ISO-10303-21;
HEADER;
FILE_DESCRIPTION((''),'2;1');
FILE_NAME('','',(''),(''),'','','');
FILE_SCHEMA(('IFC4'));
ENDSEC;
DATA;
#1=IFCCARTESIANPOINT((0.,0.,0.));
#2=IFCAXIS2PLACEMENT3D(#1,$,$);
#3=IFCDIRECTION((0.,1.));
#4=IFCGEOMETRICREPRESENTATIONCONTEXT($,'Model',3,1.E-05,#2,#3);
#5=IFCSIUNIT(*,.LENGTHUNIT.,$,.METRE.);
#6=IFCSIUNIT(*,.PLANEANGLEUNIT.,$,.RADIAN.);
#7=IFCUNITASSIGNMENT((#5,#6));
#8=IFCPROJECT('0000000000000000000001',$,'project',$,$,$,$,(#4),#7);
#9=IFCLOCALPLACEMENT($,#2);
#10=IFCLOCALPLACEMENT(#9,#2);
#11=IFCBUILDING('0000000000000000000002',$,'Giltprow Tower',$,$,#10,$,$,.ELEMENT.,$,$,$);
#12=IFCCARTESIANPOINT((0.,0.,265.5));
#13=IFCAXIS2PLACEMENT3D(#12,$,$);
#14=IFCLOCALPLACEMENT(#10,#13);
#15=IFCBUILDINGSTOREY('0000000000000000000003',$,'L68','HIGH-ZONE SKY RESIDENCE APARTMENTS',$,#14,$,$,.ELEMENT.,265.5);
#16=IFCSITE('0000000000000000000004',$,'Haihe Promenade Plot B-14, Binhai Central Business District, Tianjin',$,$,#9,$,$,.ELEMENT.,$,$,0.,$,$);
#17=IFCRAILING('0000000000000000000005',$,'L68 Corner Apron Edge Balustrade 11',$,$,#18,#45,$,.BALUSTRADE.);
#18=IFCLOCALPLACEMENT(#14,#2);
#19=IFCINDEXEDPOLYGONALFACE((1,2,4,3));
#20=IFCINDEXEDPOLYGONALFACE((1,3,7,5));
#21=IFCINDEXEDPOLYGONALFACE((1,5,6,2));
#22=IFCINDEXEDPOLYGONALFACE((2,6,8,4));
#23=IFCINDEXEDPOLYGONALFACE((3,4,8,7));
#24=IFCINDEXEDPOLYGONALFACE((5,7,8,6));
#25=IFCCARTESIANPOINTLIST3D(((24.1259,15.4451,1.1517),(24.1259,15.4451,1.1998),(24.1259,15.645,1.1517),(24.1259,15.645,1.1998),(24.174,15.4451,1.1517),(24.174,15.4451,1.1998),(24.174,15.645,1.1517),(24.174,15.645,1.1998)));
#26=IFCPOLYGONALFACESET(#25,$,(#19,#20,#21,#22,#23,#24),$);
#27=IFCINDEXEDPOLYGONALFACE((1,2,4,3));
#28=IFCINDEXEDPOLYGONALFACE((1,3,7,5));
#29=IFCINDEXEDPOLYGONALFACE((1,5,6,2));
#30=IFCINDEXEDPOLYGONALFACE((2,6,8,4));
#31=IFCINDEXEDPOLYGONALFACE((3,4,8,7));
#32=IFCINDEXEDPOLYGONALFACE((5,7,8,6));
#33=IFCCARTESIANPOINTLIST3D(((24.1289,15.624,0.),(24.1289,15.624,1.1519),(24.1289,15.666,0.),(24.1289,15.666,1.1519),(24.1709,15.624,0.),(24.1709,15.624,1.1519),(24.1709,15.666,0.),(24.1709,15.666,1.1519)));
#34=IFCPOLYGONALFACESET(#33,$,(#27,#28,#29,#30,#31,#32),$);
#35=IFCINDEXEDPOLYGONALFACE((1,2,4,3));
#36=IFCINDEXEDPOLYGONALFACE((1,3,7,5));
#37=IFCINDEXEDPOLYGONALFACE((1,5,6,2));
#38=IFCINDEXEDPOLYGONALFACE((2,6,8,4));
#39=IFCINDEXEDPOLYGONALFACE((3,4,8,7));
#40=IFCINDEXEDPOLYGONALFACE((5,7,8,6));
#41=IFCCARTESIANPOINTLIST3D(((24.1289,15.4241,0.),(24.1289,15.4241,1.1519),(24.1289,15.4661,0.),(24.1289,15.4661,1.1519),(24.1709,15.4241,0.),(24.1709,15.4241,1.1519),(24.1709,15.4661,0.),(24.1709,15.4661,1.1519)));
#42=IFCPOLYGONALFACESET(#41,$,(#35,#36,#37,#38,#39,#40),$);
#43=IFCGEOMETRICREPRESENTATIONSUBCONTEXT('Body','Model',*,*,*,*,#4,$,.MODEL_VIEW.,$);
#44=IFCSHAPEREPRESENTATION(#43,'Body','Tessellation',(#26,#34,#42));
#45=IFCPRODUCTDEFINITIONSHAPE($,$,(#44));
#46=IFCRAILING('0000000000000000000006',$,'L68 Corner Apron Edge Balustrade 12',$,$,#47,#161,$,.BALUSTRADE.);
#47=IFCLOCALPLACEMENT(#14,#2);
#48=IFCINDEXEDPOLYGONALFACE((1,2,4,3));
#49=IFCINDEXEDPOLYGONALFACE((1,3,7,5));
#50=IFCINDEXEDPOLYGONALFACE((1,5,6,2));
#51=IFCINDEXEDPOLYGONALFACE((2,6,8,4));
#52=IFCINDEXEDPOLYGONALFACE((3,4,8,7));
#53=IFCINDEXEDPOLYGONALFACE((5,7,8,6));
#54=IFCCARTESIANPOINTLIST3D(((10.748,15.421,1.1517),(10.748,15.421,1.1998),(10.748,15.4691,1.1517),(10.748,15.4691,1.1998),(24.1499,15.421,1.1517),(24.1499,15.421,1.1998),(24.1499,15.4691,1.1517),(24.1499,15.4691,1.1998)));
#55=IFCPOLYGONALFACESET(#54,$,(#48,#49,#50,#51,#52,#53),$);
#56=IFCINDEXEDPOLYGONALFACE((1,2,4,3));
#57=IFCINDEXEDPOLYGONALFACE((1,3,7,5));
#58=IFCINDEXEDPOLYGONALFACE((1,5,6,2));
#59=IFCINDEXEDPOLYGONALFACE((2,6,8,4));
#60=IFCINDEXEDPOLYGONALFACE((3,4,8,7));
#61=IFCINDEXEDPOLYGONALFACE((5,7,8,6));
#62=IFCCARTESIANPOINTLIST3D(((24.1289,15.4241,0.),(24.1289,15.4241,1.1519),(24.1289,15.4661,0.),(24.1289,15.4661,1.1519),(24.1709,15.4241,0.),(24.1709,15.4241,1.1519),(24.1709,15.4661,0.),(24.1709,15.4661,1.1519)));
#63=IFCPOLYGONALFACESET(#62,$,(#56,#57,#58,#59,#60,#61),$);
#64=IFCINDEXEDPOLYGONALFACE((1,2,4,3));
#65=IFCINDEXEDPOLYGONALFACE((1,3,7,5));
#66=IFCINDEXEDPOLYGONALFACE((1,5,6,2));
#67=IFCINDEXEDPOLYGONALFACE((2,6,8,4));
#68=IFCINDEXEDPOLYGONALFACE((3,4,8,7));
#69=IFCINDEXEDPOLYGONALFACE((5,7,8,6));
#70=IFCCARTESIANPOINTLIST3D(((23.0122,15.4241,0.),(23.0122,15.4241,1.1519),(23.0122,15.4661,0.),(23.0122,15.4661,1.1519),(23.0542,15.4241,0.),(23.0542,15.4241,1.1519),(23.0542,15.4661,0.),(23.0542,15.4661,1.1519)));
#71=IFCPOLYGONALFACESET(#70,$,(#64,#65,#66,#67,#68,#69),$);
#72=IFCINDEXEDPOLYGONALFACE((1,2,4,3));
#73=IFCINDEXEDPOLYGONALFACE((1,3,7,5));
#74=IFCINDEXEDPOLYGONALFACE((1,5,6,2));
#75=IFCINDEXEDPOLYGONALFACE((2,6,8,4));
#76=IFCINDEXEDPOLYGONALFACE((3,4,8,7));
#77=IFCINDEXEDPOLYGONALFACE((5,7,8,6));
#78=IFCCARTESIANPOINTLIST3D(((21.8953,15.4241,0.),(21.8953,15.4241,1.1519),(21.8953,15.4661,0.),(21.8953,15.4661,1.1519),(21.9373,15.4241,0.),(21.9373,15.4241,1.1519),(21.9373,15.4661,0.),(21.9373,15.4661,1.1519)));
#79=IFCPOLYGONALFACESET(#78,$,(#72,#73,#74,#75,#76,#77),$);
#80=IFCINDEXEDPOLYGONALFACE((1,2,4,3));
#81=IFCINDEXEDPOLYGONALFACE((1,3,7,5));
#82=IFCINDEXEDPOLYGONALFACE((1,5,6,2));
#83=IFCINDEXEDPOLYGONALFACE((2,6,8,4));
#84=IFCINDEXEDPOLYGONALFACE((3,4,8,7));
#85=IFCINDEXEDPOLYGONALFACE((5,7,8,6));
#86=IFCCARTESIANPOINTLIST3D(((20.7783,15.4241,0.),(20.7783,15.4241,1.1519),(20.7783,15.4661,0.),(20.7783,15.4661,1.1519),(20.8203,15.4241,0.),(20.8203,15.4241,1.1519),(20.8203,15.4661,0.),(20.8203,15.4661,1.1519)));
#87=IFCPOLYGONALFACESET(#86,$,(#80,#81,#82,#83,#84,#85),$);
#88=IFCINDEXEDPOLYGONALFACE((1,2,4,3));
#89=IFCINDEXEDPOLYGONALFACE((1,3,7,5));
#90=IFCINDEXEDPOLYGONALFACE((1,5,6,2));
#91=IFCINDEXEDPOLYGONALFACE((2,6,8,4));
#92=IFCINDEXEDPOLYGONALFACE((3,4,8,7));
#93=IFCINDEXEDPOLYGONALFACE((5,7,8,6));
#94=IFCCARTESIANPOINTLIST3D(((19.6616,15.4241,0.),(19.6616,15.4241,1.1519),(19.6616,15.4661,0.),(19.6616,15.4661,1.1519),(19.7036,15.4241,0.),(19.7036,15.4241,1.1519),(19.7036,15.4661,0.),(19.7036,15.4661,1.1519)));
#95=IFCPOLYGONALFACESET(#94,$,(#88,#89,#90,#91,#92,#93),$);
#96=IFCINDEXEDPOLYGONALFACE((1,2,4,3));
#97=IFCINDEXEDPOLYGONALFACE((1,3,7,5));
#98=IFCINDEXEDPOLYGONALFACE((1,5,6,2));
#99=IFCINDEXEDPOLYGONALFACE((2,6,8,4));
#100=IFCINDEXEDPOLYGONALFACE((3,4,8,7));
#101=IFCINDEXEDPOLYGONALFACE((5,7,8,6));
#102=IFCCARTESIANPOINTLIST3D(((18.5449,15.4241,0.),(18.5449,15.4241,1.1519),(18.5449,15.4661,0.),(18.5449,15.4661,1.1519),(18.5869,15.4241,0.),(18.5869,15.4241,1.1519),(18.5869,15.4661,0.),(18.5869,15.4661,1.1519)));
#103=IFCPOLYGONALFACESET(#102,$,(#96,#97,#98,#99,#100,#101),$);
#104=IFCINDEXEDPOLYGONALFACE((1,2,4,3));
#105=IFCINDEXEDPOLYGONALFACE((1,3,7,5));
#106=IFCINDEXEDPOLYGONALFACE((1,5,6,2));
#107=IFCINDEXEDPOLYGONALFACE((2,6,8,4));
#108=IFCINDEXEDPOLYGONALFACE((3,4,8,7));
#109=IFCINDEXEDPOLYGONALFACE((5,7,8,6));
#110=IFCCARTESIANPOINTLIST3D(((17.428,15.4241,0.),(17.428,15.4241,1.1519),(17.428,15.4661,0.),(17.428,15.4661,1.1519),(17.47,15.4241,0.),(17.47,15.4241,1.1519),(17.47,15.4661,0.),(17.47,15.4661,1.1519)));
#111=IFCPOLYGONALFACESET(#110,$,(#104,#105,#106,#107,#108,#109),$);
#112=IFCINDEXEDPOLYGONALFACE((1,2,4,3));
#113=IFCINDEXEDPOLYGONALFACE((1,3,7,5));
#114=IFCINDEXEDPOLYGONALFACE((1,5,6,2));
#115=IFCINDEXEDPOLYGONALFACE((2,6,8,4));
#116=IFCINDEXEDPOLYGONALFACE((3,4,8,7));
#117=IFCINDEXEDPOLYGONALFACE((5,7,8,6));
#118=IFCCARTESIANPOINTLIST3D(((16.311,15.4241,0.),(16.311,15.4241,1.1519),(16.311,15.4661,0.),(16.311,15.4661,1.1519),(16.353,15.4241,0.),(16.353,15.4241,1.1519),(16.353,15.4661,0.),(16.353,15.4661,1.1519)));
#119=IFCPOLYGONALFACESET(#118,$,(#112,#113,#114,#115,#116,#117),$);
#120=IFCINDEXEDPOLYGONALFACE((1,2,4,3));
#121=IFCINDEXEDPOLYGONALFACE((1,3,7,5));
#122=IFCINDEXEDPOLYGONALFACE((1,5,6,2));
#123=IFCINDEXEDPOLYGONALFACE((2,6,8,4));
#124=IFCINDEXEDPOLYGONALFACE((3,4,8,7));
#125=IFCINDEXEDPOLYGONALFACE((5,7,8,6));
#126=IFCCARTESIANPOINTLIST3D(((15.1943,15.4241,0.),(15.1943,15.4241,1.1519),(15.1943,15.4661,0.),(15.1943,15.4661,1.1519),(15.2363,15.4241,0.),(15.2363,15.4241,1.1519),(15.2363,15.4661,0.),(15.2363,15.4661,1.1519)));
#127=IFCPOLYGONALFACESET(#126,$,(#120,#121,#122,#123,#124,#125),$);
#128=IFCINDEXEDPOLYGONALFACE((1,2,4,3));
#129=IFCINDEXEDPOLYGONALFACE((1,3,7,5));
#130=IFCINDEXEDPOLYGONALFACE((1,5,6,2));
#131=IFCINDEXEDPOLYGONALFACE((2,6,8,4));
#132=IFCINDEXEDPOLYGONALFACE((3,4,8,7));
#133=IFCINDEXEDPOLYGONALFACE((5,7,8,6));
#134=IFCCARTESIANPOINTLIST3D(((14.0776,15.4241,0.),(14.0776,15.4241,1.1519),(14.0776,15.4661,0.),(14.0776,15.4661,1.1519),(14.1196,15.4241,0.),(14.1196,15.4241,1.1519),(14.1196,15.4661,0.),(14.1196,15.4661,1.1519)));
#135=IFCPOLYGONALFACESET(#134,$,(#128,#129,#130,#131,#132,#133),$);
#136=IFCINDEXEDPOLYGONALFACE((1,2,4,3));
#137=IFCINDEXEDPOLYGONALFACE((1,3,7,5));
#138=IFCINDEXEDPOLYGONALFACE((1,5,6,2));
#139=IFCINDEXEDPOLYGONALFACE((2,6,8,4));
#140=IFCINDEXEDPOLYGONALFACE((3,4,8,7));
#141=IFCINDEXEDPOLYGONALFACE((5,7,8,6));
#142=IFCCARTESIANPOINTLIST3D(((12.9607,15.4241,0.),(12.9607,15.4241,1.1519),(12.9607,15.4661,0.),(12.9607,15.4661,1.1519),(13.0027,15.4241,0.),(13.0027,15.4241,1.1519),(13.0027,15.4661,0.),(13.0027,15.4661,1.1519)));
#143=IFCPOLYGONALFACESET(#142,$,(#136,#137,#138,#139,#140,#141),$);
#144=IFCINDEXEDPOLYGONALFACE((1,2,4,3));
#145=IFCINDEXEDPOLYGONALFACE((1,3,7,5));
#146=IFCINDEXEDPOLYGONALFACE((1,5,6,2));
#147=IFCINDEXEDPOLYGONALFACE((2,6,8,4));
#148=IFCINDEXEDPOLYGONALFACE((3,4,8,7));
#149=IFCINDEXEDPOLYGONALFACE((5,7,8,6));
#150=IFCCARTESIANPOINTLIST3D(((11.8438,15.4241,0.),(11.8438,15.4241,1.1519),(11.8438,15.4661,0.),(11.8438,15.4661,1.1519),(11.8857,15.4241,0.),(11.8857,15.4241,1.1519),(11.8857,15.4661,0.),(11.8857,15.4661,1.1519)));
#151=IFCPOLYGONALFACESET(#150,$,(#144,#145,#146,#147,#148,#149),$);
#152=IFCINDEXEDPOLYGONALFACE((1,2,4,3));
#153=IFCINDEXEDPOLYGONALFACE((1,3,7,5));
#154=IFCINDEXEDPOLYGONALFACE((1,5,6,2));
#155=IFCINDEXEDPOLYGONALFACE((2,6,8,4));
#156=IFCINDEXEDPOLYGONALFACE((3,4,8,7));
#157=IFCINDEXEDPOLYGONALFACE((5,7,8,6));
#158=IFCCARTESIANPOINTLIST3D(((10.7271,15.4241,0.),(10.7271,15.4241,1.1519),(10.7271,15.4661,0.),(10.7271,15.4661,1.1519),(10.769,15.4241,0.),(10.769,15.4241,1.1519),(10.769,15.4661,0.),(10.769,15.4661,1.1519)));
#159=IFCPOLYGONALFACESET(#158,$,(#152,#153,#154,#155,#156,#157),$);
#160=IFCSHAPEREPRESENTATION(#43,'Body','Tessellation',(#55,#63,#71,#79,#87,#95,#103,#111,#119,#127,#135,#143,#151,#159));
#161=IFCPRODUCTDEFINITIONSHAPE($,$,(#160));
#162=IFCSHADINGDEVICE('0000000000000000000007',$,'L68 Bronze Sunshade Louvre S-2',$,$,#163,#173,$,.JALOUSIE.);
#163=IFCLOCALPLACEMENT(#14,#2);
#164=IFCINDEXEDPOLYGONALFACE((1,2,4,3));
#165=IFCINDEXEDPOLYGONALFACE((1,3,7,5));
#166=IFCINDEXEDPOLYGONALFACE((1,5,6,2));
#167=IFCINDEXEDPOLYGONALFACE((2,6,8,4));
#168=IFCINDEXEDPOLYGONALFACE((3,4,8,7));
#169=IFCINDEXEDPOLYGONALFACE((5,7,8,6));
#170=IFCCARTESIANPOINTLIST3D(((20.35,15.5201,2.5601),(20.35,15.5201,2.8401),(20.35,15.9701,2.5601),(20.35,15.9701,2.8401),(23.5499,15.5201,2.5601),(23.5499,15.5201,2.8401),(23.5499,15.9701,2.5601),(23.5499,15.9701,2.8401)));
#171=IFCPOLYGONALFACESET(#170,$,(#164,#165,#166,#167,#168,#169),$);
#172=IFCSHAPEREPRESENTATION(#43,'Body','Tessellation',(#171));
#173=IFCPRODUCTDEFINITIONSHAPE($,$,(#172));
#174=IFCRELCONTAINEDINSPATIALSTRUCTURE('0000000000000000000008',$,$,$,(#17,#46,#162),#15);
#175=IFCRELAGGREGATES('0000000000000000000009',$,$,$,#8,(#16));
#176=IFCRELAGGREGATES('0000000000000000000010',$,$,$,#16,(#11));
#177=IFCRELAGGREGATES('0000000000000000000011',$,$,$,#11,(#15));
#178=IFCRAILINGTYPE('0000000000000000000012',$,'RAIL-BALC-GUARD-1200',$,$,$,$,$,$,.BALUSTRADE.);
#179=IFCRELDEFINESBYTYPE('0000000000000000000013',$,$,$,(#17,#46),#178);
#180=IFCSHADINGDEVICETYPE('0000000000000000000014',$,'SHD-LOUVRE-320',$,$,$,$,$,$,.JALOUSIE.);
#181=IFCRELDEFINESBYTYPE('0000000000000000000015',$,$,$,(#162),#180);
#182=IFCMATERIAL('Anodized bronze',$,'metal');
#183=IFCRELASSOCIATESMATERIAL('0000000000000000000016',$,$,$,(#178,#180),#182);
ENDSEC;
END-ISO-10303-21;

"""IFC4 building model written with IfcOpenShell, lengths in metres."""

from ifc_helpers import new_model, si_unit, direction, frame, origin, origin_2d, place, context, subcontext, project, spatial, rectangle, extrude, source, transform, mapped, material, type_object, element, save


model = new_model("IFC4")

# Units and contexts
model_context = context("Model", 3, precision=1e-05, world=origin(), true_north=direction((0.0, 1.0)))
body_context = subcontext(model_context, "Body", "Model", "MODEL_VIEW")
ifc_project = project(units=[si_unit("LENGTHUNIT", "METRE"), si_unit("PLANEANGLEUNIT", "RADIAN")], contexts=[model_context])

# Site, building, storey
site_placement = place(None, origin())
site = spatial("IfcSite", under=ifc_project, at=site_placement, Name="Haihe Promenade Plot B-14, Binhai Central Business District, Tianjin", CompositionType="ELEMENT", RefElevation=0.0)
building_placement = place(site_placement, origin())
building = spatial("IfcBuilding", under=site, at=building_placement, Name="Giltprow Tower", CompositionType="ELEMENT")
storey_placement = place(building_placement, frame((0.0, 0.0, 265.5)))
storey = spatial("IfcBuildingStorey", under=building, at=storey_placement, Name="L68", Description="HIGH-ZONE SKY RESIDENCE APARTMENTS", CompositionType="ELEMENT", Elevation=265.5)

# Railings
ifc_material_1 = material(Name="Anodized bronze", Category="metal")
railing_type = type_object("IfcRailingType", Name="RAIL-BALC-GUARD-1200", PredefinedType="BALUSTRADE", material=ifc_material_1)
railing_1_placement = place(storey_placement, frame((24.1499, 15.645, 0.0)))
element("IfcRailing", 1, at=railing_1_placement, inside=storey, type_object=railing_type, Name="L68 Corner Apron Edge Balustrade 11", PredefinedType="BALUSTRADE", context=body_context, shape_type="SweptSolid", body=[
    extrude(rectangle(XDim=0.0481, YDim=0.0481, at=origin_2d()), frame((0.0, 0.0, 1.1758), z_axis=(0.0, -1.0, 0.0), x_axis=(1.0, 0.0, 0.0)), (0.0, 0.0, 1.0), 0.2),
    extrude(rectangle(XDim=0.042, YDim=0.042, at=origin_2d()), origin(), (0.0, 0.0, 1.0), 1.1519),
    extrude(rectangle(XDim=0.042, YDim=0.042, at=origin_2d()), frame((0.0, -0.2, 0.0)), (0.0, 0.0, 1.0), 1.1519),
])
railing_2_placement = place(storey_placement, frame((24.1499, 15.4451, 0.0)))
element("IfcRailing", 2, at=railing_2_placement, inside=storey, type_object=railing_type, Name="L68 Corner Apron Edge Balustrade 12", PredefinedType="BALUSTRADE", context=body_context, shape_type="SweptSolid", body=[
    extrude(rectangle(XDim=0.0481, YDim=0.0481, at=origin_2d()), frame((0.0, 0.0, 1.1758), z_axis=(-1.0, 0.0, 0.0), x_axis=(0.0, -1.0, 0.0)), (0.0, 0.0, 1.0), 13.4019),
    extrude(rectangle(XDim=0.042, YDim=0.042, at=origin_2d()), origin(), (0.0, 0.0, 1.0), 1.1519),
    extrude(rectangle(XDim=0.042, YDim=0.042, at=origin_2d()), frame((-1.1167, 0.0, 0.0)), (0.0, 0.0, 1.0), 1.1519),
    extrude(rectangle(XDim=0.042, YDim=0.042, at=origin_2d()), frame((-2.2336, 0.0, 0.0)), (0.0, 0.0, 1.0), 1.1519),
    extrude(rectangle(XDim=0.042, YDim=0.042, at=origin_2d()), frame((-3.3506, 0.0, 0.0)), (0.0, 0.0, 1.0), 1.1519),
    extrude(rectangle(XDim=0.042, YDim=0.042, at=origin_2d()), frame((-4.4673, 0.0, 0.0)), (0.0, 0.0, 1.0), 1.1519),
    extrude(rectangle(XDim=0.042, YDim=0.042, at=origin_2d()), frame((-5.584, 0.0, 0.0)), (0.0, 0.0, 1.0), 1.1519),
    extrude(rectangle(XDim=0.042, YDim=0.042, at=origin_2d()), frame((-6.7009, 0.0, 0.0)), (0.0, 0.0, 1.0), 1.1519),
    extrude(rectangle(XDim=0.042, YDim=0.042, at=origin_2d()), frame((-7.8179, 0.0, 0.0)), (0.0, 0.0, 1.0), 1.1519),
    extrude(rectangle(XDim=0.042, YDim=0.042, at=origin_2d()), frame((-8.9346, 0.0, 0.0)), (0.0, 0.0, 1.0), 1.1519),
    extrude(rectangle(XDim=0.042, YDim=0.042, at=origin_2d()), frame((-10.0513, 0.0, 0.0)), (0.0, 0.0, 1.0), 1.1519),
    extrude(rectangle(XDim=0.042, YDim=0.042, at=origin_2d()), frame((-11.1682, 0.0, 0.0)), (0.0, 0.0, 1.0), 1.1519),
    extrude(rectangle(XDim=0.042, YDim=0.042, at=origin_2d()), frame((-12.2852, 0.0, 0.0)), (0.0, 0.0, 1.0), 1.1519),
    extrude(rectangle(XDim=0.042, YDim=0.042, at=origin_2d()), frame((-13.4019, 0.0, 0.0)), (0.0, 0.0, 1.0), 1.1519),
])

# Shading device
shading_device_type = type_object("IfcShadingDeviceType", Name="SHD-LOUVRE-320", PredefinedType="JALOUSIE", material=ifc_material_1)
shared_shape_1 = source(origin(), body_context, "Body", "SweptSolid", [
    extrude(rectangle(XDim=3.2, YDim=0.45, at=origin_2d()), origin(), (0.0, 0.0, 1.0), 0.28),
])
shading_device_placement = place(storey_placement, frame((21.95, 15.7451, 2.5601), z_axis=(0.0, 0.0, 1.0), x_axis=(1.0, 0.0, 0.0)))
element("IfcShadingDevice", 3, at=shading_device_placement, inside=storey, type_object=shading_device_type, Name="L68 Bronze Sunshade Louvre S-2", PredefinedType="JALOUSIE", context=body_context, shape_type="MappedRepresentation", body=[
    mapped(shared_shape_1, transform((0.0, 0.0, 0.0), x_axis=(1.0, 0.0, 0.0), y_axis=(0.0, 1.0, 0.0), z_axis=(0.0, 0.0, 1.0), scale=1.0)),
])

save(model, "model.ifc")
